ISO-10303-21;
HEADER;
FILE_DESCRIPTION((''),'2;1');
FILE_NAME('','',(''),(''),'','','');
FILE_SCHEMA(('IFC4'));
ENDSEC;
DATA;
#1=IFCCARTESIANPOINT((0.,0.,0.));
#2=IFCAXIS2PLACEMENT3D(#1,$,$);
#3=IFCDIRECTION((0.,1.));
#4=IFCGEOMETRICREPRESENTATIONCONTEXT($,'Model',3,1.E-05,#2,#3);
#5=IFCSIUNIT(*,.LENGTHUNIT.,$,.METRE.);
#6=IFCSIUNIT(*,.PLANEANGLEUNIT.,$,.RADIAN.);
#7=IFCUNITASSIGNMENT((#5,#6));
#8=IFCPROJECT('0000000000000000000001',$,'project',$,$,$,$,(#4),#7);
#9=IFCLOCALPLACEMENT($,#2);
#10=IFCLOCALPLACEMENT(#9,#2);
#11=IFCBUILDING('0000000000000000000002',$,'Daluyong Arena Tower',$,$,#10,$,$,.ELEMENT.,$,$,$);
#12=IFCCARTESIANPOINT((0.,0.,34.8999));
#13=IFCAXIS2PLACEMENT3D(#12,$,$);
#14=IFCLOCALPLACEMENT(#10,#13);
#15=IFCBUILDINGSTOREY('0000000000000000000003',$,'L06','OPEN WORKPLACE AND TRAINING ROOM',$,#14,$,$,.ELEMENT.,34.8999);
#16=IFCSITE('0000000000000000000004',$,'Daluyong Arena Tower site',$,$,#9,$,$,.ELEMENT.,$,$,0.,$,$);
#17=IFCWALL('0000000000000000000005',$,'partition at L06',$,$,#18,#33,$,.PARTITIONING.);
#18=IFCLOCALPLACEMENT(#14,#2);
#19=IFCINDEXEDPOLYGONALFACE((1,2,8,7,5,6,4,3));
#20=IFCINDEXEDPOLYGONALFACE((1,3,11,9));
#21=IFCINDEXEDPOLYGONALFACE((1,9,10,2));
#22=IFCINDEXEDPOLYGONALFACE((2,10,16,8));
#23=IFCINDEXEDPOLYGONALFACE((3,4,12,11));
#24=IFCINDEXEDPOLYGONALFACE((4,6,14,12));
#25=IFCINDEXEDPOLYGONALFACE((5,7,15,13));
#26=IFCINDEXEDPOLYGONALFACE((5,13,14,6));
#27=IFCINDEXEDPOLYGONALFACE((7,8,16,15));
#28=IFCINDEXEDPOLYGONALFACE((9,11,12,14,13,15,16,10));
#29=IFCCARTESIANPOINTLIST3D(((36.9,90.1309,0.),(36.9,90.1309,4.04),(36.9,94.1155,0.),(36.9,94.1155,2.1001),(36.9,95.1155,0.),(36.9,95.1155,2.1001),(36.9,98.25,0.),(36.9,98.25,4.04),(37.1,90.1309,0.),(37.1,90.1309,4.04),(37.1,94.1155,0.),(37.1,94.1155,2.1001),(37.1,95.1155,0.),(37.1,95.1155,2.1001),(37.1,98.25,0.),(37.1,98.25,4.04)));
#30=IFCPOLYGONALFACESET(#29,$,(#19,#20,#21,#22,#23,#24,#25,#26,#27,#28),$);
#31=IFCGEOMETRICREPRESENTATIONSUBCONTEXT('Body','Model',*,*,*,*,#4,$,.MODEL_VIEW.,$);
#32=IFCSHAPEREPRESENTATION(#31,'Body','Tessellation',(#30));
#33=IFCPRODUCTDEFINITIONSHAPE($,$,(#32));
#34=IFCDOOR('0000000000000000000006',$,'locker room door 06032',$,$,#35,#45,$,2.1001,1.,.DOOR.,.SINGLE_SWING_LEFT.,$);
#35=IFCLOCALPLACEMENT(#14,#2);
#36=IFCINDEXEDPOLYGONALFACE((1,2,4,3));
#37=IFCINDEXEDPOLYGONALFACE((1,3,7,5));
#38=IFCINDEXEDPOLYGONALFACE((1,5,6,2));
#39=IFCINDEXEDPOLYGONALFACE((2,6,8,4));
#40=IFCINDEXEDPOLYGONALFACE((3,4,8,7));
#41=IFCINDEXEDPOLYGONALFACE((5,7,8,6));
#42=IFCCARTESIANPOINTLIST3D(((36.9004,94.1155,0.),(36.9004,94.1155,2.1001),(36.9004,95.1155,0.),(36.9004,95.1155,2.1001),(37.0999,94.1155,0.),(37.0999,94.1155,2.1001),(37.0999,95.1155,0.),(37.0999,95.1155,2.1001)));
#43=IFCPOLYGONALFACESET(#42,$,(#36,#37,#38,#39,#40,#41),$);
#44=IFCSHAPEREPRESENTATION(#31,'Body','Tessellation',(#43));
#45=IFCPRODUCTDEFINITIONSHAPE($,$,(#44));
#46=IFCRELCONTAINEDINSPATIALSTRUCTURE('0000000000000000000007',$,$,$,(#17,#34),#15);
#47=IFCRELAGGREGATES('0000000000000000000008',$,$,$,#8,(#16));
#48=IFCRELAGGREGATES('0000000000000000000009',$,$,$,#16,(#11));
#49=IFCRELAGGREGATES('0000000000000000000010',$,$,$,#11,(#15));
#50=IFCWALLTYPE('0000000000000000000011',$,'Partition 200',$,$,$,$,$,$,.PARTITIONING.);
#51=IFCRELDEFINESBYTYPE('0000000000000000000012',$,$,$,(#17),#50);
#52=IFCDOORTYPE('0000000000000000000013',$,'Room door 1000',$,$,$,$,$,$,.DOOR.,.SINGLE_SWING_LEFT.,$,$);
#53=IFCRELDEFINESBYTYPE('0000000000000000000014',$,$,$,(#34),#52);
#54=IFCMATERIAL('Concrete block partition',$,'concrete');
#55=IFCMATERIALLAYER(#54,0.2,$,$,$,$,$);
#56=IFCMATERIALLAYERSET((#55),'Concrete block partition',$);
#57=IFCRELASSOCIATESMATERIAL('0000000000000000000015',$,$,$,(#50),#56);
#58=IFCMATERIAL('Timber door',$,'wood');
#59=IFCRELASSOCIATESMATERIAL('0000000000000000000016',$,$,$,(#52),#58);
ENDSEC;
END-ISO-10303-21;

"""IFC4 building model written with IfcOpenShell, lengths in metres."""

from ifc_helpers import new_model, si_unit, direction, frame, frame_2d, origin, place, context, subcontext, project, spatial, rectangle, extrude, material, layer, layer_set, type_object, element, fill, save


model = new_model("IFC4")

# Units and contexts
model_context = context("Model", 3, precision=1e-05, world=origin(), true_north=direction((0.0, 1.0)))
body_context = subcontext(model_context, "Body", "Model", "MODEL_VIEW")
ifc_project = project(units=[si_unit("LENGTHUNIT", "METRE"), si_unit("PLANEANGLEUNIT", "RADIAN")], contexts=[model_context])

# Site, building, storey
site_placement = place(None, origin())
site = spatial("IfcSite", under=ifc_project, at=site_placement, Name="Daluyong Arena Tower site", CompositionType="ELEMENT", RefElevation=0.0)
building_placement = place(site_placement, origin())
building = spatial("IfcBuilding", under=site, at=building_placement, Name="Daluyong Arena Tower", CompositionType="ELEMENT")
storey_placement = place(building_placement, frame((0.0, 0.0, 34.8999)))
storey = spatial("IfcBuildingStorey", under=building, at=storey_placement, Name="L06", Description="OPEN WORKPLACE AND TRAINING ROOM", CompositionType="ELEMENT", Elevation=34.8999)

# Shared definitions
ifc_material_1 = material(Name="Concrete block partition", Category="concrete")
ifc_layer_1 = layer(ifc_material_1, 0.2)
ifc_layer_set_1 = layer_set([ifc_layer_1], Name="Concrete block partition")
wall_type_1 = type_object("IfcWallType", Name="Partition 200", PredefinedType="PARTITIONING", material=ifc_layer_set_1)

# Wall, opening, door
wall_1_placement = place(storey_placement, frame((37.0, 90.1309, 0.0), z_axis=(0.0, 0.0, 1.0), x_axis=(0.0, 1.0, 0.0)))
wall_1 = element("IfcWall", 1, at=wall_1_placement, inside=storey, type_object=wall_type_1, Name="partition at L06", PredefinedType="PARTITIONING", context=body_context, shape_type="SweptSolid", body=[
    extrude(rectangle(XDim=8.1191, YDim=0.2, at=frame_2d((4.0596, 0.0))), origin(), (0.0, 0.0, 1.0), 4.04),
])
opening_1_placement = place(wall_1_placement, frame((3.9846, 0.0, 0.0)))
opening_1 = element("IfcOpeningElement", 2, at=opening_1_placement, cuts=wall_1, PredefinedType="OPENING", context=body_context, shape_type="SweptSolid", body=[
    extrude(rectangle(XDim=1.0, YDim=2.1001, at=frame_2d((0.5, 1.05))), frame((0.0, 0.1099, 0.0), z_axis=(0.0, -1.0, 0.0), x_axis=(1.0, 0.0, 0.0)), (0.0, 0.0, 1.0), 0.22),
])
ifc_material_2 = material(Name="Timber door", Category="wood")
door_type_1 = type_object("IfcDoorType", Name="Room door 1000", OperationType="SINGLE_SWING_LEFT", PredefinedType="DOOR", material=ifc_material_2)
door_1_placement = place(opening_1_placement, origin())
door_1 = element("IfcDoor", 3, at=door_1_placement, inside=storey, type_object=door_type_1, Name="locker room door 06032", OperationType="SINGLE_SWING_LEFT", OverallHeight=2.1001, OverallWidth=1.0, PredefinedType="DOOR", context=body_context, shape_type="SweptSolid", body=[
    extrude(rectangle(XDim=1.0, YDim=2.1001, at=frame_2d((0.5, 1.05))), frame((0.0, 0.0996, 0.0), z_axis=(0.0, -1.0, 0.0), x_axis=(1.0, 0.0, 0.0)), (0.0, 0.0, 1.0), 0.1995),
])
fill(opening_1, door_1)

save(model, "model.ifc")
